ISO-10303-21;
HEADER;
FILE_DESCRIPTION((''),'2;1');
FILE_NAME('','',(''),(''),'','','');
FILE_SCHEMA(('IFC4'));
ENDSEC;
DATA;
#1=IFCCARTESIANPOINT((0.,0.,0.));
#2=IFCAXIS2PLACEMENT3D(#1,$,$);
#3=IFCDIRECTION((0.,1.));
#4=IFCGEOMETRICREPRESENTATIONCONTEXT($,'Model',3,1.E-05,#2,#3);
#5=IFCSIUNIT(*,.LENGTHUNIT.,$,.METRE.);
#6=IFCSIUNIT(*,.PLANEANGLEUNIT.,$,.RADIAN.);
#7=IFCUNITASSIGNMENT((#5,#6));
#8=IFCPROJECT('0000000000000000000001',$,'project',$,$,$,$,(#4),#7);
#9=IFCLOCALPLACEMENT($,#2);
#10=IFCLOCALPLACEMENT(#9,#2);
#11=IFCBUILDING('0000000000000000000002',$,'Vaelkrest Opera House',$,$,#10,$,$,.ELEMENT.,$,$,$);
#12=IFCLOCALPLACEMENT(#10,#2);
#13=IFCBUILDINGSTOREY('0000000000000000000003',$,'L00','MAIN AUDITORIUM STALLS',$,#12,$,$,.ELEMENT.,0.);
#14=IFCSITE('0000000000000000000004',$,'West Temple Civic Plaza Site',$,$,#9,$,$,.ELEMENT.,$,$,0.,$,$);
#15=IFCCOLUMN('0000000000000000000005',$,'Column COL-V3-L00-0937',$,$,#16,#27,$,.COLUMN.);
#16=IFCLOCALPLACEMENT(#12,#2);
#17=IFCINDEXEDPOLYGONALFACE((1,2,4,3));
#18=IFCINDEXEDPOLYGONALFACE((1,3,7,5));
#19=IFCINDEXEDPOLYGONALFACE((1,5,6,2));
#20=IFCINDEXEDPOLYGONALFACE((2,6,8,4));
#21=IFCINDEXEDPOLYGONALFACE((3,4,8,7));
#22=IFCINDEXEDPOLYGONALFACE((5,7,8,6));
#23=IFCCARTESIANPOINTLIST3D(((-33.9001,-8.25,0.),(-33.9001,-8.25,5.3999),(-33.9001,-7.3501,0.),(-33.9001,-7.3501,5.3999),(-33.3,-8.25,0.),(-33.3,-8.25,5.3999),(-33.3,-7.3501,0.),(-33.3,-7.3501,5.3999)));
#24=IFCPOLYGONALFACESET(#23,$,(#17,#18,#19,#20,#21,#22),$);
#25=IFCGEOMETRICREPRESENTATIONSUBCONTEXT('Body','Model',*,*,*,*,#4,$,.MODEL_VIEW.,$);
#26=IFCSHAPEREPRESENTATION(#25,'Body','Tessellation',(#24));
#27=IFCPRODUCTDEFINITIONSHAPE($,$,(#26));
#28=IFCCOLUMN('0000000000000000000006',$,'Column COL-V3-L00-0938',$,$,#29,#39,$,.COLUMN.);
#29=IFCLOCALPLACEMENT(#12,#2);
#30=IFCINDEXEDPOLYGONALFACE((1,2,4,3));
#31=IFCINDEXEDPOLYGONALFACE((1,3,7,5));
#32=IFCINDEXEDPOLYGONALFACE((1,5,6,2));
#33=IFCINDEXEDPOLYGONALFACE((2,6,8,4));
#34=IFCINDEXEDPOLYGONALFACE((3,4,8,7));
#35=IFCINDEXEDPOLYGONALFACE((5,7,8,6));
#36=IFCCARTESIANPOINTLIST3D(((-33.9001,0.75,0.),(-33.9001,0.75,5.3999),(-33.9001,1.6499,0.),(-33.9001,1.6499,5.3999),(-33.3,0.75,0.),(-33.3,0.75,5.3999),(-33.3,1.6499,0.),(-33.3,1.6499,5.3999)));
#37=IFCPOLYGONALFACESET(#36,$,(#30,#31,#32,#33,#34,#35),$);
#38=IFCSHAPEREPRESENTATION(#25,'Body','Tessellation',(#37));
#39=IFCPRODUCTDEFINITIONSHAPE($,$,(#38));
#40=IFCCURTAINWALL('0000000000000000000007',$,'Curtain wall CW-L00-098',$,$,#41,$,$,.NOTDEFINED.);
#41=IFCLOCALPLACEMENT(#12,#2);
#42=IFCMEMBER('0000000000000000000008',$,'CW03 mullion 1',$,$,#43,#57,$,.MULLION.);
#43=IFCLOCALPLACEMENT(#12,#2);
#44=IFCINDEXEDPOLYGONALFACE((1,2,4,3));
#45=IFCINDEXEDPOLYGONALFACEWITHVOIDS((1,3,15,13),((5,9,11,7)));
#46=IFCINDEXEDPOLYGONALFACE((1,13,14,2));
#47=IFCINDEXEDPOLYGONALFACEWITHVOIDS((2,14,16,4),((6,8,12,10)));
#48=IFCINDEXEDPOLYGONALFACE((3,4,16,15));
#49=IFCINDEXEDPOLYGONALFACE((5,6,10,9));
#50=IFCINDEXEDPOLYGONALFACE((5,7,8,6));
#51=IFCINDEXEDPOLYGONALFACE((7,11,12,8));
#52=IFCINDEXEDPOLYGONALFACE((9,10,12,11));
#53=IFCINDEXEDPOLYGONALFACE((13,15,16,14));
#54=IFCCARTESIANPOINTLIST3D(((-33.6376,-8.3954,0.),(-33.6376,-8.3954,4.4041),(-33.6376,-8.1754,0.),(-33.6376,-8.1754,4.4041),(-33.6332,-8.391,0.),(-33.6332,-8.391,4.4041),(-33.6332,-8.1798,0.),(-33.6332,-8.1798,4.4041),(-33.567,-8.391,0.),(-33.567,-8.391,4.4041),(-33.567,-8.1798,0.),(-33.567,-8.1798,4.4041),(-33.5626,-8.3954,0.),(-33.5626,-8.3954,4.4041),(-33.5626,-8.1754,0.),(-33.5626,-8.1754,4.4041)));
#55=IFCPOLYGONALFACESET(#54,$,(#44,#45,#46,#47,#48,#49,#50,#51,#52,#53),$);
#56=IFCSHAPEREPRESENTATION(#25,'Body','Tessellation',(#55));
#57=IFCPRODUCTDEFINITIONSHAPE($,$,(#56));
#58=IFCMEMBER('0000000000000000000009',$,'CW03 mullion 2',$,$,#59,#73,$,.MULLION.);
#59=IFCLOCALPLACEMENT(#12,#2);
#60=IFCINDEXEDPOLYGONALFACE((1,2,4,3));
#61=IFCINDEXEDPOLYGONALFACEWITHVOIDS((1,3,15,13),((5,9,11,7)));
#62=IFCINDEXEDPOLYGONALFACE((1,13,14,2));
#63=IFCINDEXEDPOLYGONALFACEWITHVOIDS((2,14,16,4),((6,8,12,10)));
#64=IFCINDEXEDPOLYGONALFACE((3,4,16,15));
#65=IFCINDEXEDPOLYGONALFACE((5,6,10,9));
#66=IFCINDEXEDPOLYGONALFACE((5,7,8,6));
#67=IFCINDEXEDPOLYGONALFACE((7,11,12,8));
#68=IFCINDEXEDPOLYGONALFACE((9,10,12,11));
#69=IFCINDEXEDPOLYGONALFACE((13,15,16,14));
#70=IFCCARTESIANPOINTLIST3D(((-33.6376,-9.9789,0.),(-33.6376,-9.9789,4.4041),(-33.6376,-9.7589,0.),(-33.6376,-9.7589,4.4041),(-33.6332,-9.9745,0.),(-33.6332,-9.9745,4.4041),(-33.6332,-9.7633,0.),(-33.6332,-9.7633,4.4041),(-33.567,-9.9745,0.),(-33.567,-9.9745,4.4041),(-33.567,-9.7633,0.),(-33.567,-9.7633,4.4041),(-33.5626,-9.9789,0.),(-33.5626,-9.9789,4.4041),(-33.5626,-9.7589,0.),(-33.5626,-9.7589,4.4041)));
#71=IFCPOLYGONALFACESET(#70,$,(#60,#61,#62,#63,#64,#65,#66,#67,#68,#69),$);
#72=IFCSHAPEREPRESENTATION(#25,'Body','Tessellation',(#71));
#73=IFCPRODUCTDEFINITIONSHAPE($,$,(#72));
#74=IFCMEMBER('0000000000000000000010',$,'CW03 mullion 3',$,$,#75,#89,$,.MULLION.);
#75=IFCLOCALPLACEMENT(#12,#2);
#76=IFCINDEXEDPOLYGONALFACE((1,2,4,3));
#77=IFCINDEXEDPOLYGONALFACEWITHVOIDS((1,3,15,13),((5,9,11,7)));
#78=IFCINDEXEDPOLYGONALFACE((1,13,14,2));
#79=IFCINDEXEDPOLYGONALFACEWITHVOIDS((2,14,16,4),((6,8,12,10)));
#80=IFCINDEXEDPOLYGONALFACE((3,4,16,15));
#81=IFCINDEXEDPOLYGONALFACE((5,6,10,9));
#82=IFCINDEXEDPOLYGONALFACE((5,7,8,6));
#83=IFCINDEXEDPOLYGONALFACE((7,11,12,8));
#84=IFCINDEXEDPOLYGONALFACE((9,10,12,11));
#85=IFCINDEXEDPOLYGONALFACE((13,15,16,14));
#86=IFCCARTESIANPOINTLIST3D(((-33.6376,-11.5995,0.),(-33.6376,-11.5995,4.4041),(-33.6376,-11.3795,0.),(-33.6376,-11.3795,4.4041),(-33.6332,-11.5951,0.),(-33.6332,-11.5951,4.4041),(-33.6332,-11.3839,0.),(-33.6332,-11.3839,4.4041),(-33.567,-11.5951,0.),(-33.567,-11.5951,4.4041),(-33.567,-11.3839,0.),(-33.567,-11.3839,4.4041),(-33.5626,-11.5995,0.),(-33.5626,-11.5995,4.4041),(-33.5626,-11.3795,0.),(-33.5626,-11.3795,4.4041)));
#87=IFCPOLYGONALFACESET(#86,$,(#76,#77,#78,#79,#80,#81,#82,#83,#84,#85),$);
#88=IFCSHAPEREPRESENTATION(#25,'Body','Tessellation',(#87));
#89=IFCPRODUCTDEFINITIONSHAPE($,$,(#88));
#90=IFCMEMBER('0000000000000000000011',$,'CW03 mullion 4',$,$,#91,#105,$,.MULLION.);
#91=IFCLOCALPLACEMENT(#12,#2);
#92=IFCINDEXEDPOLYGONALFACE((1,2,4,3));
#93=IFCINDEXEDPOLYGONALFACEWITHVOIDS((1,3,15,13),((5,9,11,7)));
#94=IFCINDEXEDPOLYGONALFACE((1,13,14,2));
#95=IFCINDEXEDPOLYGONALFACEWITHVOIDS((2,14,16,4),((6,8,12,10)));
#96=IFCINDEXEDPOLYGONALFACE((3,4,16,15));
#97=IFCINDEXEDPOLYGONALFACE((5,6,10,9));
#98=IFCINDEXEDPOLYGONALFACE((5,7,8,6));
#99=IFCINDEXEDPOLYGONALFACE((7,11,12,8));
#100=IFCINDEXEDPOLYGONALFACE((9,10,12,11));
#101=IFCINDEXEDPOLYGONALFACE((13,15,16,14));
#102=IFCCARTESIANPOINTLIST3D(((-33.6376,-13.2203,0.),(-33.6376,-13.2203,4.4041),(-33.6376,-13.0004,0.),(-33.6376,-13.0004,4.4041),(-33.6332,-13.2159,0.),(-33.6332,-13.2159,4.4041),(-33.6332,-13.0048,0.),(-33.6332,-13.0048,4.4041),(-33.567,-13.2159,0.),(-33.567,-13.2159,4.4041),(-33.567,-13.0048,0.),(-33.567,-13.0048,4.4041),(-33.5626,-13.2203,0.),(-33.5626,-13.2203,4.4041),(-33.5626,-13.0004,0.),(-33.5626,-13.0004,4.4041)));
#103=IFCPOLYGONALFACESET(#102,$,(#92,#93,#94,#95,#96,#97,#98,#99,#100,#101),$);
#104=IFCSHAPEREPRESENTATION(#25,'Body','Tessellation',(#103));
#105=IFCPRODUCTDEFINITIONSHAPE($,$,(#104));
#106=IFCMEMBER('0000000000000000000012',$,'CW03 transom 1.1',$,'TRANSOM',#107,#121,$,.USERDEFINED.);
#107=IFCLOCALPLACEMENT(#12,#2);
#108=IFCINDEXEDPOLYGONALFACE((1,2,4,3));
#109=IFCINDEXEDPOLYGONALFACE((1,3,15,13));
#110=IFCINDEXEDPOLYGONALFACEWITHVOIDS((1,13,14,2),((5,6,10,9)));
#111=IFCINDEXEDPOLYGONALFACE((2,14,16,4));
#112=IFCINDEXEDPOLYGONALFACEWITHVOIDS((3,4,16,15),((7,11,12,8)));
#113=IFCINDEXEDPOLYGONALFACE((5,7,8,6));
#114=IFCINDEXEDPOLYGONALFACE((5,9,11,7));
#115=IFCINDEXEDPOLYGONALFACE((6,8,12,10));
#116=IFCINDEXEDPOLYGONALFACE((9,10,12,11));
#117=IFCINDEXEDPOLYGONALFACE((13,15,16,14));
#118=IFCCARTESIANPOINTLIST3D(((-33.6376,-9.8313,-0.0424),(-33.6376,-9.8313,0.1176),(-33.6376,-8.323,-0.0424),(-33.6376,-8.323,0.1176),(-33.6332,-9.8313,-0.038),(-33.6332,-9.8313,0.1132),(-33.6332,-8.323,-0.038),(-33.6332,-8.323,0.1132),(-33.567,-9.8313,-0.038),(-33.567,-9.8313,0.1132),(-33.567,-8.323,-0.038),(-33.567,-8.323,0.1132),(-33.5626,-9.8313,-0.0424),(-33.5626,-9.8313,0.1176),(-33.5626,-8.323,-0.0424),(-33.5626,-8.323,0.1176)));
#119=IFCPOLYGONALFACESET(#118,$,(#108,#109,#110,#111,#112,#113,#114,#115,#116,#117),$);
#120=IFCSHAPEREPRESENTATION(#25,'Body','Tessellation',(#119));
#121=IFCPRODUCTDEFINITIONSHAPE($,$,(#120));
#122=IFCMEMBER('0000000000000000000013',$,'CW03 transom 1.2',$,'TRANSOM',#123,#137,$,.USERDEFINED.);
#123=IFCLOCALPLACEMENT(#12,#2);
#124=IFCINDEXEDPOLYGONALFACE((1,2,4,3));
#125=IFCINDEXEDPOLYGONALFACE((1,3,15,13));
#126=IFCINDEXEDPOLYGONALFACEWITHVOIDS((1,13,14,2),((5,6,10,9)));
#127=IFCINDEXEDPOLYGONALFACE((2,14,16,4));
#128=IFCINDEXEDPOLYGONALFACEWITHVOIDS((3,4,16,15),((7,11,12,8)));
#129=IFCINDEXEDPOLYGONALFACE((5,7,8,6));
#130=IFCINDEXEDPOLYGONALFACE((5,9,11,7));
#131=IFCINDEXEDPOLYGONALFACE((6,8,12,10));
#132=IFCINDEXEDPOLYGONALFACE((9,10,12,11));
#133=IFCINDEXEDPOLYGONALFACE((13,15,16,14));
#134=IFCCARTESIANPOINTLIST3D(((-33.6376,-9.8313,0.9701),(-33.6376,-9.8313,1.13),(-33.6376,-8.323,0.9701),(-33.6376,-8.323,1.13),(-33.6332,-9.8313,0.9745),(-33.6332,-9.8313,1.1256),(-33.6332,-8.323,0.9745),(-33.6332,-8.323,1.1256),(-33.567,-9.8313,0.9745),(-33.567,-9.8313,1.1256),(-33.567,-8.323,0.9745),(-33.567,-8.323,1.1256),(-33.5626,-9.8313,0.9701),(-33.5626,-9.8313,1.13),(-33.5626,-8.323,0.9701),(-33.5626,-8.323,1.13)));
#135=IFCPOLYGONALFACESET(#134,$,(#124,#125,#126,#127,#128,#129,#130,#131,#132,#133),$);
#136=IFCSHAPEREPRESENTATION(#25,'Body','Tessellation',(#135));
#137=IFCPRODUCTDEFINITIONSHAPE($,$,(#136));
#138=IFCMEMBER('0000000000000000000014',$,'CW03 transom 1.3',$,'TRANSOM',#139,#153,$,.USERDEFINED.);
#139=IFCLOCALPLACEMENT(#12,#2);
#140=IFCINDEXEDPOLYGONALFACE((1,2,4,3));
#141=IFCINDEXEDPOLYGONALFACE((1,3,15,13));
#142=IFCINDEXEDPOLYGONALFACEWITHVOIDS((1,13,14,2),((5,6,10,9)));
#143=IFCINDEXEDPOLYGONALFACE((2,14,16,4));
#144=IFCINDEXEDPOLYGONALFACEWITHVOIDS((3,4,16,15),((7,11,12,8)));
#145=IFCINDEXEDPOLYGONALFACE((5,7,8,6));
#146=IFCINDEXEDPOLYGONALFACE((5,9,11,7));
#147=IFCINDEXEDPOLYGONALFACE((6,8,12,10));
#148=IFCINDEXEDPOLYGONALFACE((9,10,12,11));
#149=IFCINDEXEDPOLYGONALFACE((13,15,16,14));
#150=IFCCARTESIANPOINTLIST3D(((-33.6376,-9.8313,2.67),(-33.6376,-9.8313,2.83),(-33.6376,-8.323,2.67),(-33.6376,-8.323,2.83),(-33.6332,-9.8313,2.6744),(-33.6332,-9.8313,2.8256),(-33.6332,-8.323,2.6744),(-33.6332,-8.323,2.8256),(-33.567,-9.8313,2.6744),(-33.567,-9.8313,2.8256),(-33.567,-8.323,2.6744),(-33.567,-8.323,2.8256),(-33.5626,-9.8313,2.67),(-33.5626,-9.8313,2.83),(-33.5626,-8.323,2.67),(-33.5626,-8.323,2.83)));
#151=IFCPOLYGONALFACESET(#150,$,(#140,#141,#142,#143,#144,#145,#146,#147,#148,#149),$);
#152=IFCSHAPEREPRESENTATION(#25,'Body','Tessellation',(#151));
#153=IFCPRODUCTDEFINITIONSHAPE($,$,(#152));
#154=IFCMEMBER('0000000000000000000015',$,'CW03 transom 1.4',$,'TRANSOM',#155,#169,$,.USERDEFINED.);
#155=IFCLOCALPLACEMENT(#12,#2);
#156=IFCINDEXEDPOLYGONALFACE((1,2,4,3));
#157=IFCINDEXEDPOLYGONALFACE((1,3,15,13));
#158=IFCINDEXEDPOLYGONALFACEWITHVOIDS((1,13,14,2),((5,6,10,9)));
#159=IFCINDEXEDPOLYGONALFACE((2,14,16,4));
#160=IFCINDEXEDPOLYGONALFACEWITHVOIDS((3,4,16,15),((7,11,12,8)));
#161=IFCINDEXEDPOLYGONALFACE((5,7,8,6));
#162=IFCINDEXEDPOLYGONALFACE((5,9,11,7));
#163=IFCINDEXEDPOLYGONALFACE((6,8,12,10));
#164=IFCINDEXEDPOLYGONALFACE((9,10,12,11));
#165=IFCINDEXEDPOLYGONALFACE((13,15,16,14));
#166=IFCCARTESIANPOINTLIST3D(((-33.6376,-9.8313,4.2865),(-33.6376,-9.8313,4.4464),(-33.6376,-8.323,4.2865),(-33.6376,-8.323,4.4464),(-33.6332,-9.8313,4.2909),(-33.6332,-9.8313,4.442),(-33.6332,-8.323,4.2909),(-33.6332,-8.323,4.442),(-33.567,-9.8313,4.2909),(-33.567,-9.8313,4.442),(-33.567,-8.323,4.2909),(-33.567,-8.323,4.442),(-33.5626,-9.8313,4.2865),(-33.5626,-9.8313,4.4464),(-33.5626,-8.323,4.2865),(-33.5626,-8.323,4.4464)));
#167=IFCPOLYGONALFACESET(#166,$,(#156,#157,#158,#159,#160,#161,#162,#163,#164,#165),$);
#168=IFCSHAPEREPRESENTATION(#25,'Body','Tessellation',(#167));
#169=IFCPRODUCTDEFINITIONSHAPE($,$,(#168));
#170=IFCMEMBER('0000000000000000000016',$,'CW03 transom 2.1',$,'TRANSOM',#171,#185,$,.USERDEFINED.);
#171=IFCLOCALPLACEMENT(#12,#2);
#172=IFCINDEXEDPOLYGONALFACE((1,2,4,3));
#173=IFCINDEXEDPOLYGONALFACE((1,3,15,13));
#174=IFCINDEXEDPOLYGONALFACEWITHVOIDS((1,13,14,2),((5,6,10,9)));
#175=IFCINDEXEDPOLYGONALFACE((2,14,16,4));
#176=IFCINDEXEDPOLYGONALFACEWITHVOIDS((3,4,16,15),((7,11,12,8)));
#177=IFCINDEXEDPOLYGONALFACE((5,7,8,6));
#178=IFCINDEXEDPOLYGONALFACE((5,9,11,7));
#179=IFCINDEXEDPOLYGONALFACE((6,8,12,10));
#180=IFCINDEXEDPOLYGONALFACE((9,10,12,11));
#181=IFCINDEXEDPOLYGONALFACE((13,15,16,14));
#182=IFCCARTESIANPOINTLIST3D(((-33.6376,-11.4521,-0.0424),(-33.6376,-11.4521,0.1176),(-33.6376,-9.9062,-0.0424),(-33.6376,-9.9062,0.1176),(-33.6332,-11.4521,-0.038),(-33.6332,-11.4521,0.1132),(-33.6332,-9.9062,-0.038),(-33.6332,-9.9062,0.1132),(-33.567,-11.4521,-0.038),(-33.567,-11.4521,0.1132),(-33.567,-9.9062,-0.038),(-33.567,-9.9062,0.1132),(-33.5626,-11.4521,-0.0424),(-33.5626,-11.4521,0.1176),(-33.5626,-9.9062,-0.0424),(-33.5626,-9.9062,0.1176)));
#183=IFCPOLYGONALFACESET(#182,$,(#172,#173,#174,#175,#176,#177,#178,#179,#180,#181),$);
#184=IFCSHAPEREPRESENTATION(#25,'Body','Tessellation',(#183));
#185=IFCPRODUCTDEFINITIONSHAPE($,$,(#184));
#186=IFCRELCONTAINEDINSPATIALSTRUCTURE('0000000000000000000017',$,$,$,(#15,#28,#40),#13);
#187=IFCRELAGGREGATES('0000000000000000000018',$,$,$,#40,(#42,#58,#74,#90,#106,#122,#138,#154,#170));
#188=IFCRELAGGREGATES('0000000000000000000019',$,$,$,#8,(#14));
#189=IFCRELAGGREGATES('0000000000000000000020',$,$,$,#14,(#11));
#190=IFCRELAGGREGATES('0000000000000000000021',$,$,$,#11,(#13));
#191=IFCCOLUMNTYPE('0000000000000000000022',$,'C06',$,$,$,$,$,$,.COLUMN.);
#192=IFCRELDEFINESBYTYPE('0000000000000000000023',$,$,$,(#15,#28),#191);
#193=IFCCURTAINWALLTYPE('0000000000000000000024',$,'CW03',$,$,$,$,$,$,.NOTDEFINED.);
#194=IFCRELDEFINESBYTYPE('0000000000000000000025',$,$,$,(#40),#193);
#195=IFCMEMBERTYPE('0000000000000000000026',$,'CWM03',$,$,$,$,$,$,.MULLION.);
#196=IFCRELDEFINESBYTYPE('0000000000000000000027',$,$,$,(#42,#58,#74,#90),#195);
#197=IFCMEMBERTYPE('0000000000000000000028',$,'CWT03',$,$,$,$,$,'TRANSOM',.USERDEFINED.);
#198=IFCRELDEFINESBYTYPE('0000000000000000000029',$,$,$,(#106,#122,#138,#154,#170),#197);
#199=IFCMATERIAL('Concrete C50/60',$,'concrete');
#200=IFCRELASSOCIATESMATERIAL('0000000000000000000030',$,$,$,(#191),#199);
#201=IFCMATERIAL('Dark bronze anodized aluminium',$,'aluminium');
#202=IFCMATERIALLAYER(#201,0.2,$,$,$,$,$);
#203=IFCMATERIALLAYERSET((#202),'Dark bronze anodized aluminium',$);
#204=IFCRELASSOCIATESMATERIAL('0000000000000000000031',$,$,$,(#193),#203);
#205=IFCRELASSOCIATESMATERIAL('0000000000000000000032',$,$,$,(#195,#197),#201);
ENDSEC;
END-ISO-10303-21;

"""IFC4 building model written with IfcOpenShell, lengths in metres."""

from ifc_helpers import new_model, si_unit, direction, frame, origin, origin_2d, place, context, subcontext, project, spatial, rectangle, hollow_rectangle, extrude, material, layer, layer_set, material_profile, profile_set, type_object, element, aggregate, save


model = new_model("IFC4")

# Units and contexts
model_context = context("Model", 3, precision=1e-05, world=origin(), true_north=direction((0.0, 1.0)))
body_context = subcontext(model_context, "Body", "Model", "MODEL_VIEW")
ifc_project = project(units=[si_unit("LENGTHUNIT", "METRE"), si_unit("PLANEANGLEUNIT", "RADIAN")], contexts=[model_context])

# Site, building, storey
site_placement = place(None, origin())
site = spatial("IfcSite", under=ifc_project, at=site_placement, Name="West Temple Civic Plaza Site", CompositionType="ELEMENT", RefElevation=0.0)
building_placement = place(site_placement, origin())
building = spatial("IfcBuilding", under=site, at=building_placement, Name="Vaelkrest Opera House", CompositionType="ELEMENT")
storey_placement = place(building_placement, origin())
storey = spatial("IfcBuildingStorey", under=building, at=storey_placement, Name="L00", Description="MAIN AUDITORIUM STALLS", CompositionType="ELEMENT", Elevation=0.0)

# Columns
ifc_material_1 = material(Name="Concrete C50/60", Category="concrete")
ifc_material_profile_1 = material_profile(ifc_material_1, rectangle(XDim=0.6001, YDim=0.8999, at=origin_2d()), Name="RC600X900")
ifc_profile_set_1 = profile_set([ifc_material_profile_1], Name="Concrete C50/60")
column_type = type_object("IfcColumnType", Name="C06", PredefinedType="COLUMN", material=ifc_profile_set_1)
for number, where, z_axis, x_axis, name in (
    (1, (-33.6001, -7.8, 0.0), (0.0, 0.0, 1.0), (1.0, 0.0, 0.0), "Column COL-V3-L00-0937"),
    (2, (-33.6001, 1.2, 0.0), (0.0, 0.0, 1.0), (1.0, 0.0, 0.0), "Column COL-V3-L00-0938"),
):
    element("IfcColumn", number, at=place(storey_placement, frame(where, z_axis=z_axis, x_axis=x_axis)), inside=storey, type_object=column_type, Name=name, PredefinedType="COLUMN", context=body_context, shape_type="SweptSolid", body=[
        extrude(rectangle(XDim=0.6001, YDim=0.8999, at=origin_2d()), origin(), (0.0, 0.0, 1.0), 5.3999),
    ])

# Curtain wall, members
ifc_material_2 = material(Name="Dark bronze anodized aluminium", Category="aluminium")
ifc_layer_1 = layer(ifc_material_2, 0.2)
ifc_layer_set_1 = layer_set([ifc_layer_1], Name="Dark bronze anodized aluminium")
curtain_wall_type = type_object("IfcCurtainWallType", Name="CW03", PredefinedType="NOTDEFINED", material=ifc_layer_set_1)
curtain_wall_placement = place(storey_placement, origin())
curtain_wall = element("IfcCurtainWall", 3, at=curtain_wall_placement, inside=storey, type_object=curtain_wall_type, Name="Curtain wall CW-L00-098", PredefinedType="NOTDEFINED")
ifc_material_profile_2 = material_profile(ifc_material_2, hollow_rectangle(XDim=0.075, YDim=0.22, WallThickness=0.0044, at=origin_2d()), Name="CWM75X220")
ifc_profile_set_2 = profile_set([ifc_material_profile_2], Name="Dark bronze anodized aluminium")
member_type_1 = type_object("IfcMemberType", Name="CWM03", PredefinedType="MULLION", material=ifc_profile_set_2)
member_1_placement = place(storey_placement, frame((-33.6001, -8.2854, 0.0), z_axis=(0.0, 0.0, 1.0), x_axis=(1.0, 0.0, 0.0)))
member_1 = element("IfcMember", 4, at=member_1_placement, type_object=member_type_1, Name="CW03 mullion 1", PredefinedType="MULLION", context=body_context, shape_type="SweptSolid", body=[
    extrude(hollow_rectangle(XDim=0.075, YDim=0.22, WallThickness=0.0044, at=origin_2d()), origin(), (0.0, 0.0, 1.0), 4.4041),
])
member_2_placement = place(storey_placement, frame((-33.6001, -9.8689, 0.0), z_axis=(0.0, 0.0, 1.0), x_axis=(1.0, 0.0, 0.0)))
member_2 = element("IfcMember", 5, at=member_2_placement, type_object=member_type_1, Name="CW03 mullion 2", PredefinedType="MULLION", context=body_context, shape_type="SweptSolid", body=[
    extrude(hollow_rectangle(XDim=0.075, YDim=0.22, WallThickness=0.0044, at=origin_2d()), origin(), (0.0, 0.0, 1.0), 4.4041),
])
member_3_placement = place(storey_placement, frame((-33.6001, -11.4895, 0.0), z_axis=(0.0, 0.0, 1.0), x_axis=(1.0, 0.0, 0.0)))
member_3 = element("IfcMember", 6, at=member_3_placement, type_object=member_type_1, Name="CW03 mullion 3", PredefinedType="MULLION", context=body_context, shape_type="SweptSolid", body=[
    extrude(hollow_rectangle(XDim=0.075, YDim=0.22, WallThickness=0.0044, at=origin_2d()), origin(), (0.0, 0.0, 1.0), 4.4041),
])
member_4_placement = place(storey_placement, frame((-33.6001, -13.1104, 0.0), z_axis=(0.0, 0.0, 1.0), x_axis=(1.0, 0.0, 0.0)))
member_4 = element("IfcMember", 7, at=member_4_placement, type_object=member_type_1, Name="CW03 mullion 4", PredefinedType="MULLION", context=body_context, shape_type="SweptSolid", body=[
    extrude(hollow_rectangle(XDim=0.075, YDim=0.22, WallThickness=0.0044, at=origin_2d()), origin(), (0.0, 0.0, 1.0), 4.4041),
])
ifc_material_profile_3 = material_profile(ifc_material_2, hollow_rectangle(XDim=0.075, YDim=0.1599, WallThickness=0.0044, at=origin_2d()), Name="CWT75X160")
ifc_profile_set_3 = profile_set([ifc_material_profile_3], Name="Dark bronze anodized aluminium")
member_type_2 = type_object("IfcMemberType", Name="CWT03", ElementType="TRANSOM", PredefinedType="USERDEFINED", material=ifc_profile_set_3)
member_5_placement = place(storey_placement, frame((-33.6001, -8.323, 0.0376), z_axis=(0.0, -1.0, 0.0), x_axis=(1.0, 0.0, 0.0)))
member_5 = element("IfcMember", 8, at=member_5_placement, type_object=member_type_2, Name="CW03 transom 1.1", ObjectType="TRANSOM", PredefinedType="USERDEFINED", context=body_context, shape_type="SweptSolid", body=[
    extrude(hollow_rectangle(XDim=0.075, YDim=0.1599, WallThickness=0.0044, at=origin_2d()), origin(), (0.0, 0.0, 1.0), 1.5083),
])
member_6_placement = place(storey_placement, frame((-33.6001, -8.323, 1.05), z_axis=(0.0, -1.0, 0.0), x_axis=(1.0, 0.0, 0.0)))
member_6 = element("IfcMember", 9, at=member_6_placement, type_object=member_type_2, Name="CW03 transom 1.2", ObjectType="TRANSOM", PredefinedType="USERDEFINED", context=body_context, shape_type="SweptSolid", body=[
    extrude(hollow_rectangle(XDim=0.075, YDim=0.1599, WallThickness=0.0044, at=origin_2d()), origin(), (0.0, 0.0, 1.0), 1.5083),
])
member_7_placement = place(storey_placement, frame((-33.6001, -8.323, 2.75), z_axis=(0.0, -1.0, 0.0), x_axis=(1.0, 0.0, 0.0)))
member_7 = element("IfcMember", 10, at=member_7_placement, type_object=member_type_2, Name="CW03 transom 1.3", ObjectType="TRANSOM", PredefinedType="USERDEFINED", context=body_context, shape_type="SweptSolid", body=[
    extrude(hollow_rectangle(XDim=0.075, YDim=0.1599, WallThickness=0.0044, at=origin_2d()), origin(), (0.0, 0.0, 1.0), 1.5083),
])
member_8_placement = place(storey_placement, frame((-33.6001, -8.323, 4.3665), z_axis=(0.0, -1.0, 0.0), x_axis=(1.0, 0.0, 0.0)))
member_8 = element("IfcMember", 11, at=member_8_placement, type_object=member_type_2, Name="CW03 transom 1.4", ObjectType="TRANSOM", PredefinedType="USERDEFINED", context=body_context, shape_type="SweptSolid", body=[
    extrude(hollow_rectangle(XDim=0.075, YDim=0.1599, WallThickness=0.0044, at=origin_2d()), origin(), (0.0, 0.0, 1.0), 1.5083),
])
member_9_placement = place(storey_placement, frame((-33.6001, -9.9062, 0.0376), z_axis=(0.0, -1.0, 0.0), x_axis=(1.0, 0.0, 0.0)))
member_9 = element("IfcMember", 12, at=member_9_placement, type_object=member_type_2, Name="CW03 transom 2.1", ObjectType="TRANSOM", PredefinedType="USERDEFINED", context=body_context, shape_type="SweptSolid", body=[
    extrude(hollow_rectangle(XDim=0.075, YDim=0.1599, WallThickness=0.0044, at=origin_2d()), origin(), (0.0, 0.0, 1.0), 1.5459),
])

aggregate(curtain_wall, [member_1, member_2, member_3, member_4, member_5, member_6, member_7, member_8, member_9])

save(model, "model.ifc")
